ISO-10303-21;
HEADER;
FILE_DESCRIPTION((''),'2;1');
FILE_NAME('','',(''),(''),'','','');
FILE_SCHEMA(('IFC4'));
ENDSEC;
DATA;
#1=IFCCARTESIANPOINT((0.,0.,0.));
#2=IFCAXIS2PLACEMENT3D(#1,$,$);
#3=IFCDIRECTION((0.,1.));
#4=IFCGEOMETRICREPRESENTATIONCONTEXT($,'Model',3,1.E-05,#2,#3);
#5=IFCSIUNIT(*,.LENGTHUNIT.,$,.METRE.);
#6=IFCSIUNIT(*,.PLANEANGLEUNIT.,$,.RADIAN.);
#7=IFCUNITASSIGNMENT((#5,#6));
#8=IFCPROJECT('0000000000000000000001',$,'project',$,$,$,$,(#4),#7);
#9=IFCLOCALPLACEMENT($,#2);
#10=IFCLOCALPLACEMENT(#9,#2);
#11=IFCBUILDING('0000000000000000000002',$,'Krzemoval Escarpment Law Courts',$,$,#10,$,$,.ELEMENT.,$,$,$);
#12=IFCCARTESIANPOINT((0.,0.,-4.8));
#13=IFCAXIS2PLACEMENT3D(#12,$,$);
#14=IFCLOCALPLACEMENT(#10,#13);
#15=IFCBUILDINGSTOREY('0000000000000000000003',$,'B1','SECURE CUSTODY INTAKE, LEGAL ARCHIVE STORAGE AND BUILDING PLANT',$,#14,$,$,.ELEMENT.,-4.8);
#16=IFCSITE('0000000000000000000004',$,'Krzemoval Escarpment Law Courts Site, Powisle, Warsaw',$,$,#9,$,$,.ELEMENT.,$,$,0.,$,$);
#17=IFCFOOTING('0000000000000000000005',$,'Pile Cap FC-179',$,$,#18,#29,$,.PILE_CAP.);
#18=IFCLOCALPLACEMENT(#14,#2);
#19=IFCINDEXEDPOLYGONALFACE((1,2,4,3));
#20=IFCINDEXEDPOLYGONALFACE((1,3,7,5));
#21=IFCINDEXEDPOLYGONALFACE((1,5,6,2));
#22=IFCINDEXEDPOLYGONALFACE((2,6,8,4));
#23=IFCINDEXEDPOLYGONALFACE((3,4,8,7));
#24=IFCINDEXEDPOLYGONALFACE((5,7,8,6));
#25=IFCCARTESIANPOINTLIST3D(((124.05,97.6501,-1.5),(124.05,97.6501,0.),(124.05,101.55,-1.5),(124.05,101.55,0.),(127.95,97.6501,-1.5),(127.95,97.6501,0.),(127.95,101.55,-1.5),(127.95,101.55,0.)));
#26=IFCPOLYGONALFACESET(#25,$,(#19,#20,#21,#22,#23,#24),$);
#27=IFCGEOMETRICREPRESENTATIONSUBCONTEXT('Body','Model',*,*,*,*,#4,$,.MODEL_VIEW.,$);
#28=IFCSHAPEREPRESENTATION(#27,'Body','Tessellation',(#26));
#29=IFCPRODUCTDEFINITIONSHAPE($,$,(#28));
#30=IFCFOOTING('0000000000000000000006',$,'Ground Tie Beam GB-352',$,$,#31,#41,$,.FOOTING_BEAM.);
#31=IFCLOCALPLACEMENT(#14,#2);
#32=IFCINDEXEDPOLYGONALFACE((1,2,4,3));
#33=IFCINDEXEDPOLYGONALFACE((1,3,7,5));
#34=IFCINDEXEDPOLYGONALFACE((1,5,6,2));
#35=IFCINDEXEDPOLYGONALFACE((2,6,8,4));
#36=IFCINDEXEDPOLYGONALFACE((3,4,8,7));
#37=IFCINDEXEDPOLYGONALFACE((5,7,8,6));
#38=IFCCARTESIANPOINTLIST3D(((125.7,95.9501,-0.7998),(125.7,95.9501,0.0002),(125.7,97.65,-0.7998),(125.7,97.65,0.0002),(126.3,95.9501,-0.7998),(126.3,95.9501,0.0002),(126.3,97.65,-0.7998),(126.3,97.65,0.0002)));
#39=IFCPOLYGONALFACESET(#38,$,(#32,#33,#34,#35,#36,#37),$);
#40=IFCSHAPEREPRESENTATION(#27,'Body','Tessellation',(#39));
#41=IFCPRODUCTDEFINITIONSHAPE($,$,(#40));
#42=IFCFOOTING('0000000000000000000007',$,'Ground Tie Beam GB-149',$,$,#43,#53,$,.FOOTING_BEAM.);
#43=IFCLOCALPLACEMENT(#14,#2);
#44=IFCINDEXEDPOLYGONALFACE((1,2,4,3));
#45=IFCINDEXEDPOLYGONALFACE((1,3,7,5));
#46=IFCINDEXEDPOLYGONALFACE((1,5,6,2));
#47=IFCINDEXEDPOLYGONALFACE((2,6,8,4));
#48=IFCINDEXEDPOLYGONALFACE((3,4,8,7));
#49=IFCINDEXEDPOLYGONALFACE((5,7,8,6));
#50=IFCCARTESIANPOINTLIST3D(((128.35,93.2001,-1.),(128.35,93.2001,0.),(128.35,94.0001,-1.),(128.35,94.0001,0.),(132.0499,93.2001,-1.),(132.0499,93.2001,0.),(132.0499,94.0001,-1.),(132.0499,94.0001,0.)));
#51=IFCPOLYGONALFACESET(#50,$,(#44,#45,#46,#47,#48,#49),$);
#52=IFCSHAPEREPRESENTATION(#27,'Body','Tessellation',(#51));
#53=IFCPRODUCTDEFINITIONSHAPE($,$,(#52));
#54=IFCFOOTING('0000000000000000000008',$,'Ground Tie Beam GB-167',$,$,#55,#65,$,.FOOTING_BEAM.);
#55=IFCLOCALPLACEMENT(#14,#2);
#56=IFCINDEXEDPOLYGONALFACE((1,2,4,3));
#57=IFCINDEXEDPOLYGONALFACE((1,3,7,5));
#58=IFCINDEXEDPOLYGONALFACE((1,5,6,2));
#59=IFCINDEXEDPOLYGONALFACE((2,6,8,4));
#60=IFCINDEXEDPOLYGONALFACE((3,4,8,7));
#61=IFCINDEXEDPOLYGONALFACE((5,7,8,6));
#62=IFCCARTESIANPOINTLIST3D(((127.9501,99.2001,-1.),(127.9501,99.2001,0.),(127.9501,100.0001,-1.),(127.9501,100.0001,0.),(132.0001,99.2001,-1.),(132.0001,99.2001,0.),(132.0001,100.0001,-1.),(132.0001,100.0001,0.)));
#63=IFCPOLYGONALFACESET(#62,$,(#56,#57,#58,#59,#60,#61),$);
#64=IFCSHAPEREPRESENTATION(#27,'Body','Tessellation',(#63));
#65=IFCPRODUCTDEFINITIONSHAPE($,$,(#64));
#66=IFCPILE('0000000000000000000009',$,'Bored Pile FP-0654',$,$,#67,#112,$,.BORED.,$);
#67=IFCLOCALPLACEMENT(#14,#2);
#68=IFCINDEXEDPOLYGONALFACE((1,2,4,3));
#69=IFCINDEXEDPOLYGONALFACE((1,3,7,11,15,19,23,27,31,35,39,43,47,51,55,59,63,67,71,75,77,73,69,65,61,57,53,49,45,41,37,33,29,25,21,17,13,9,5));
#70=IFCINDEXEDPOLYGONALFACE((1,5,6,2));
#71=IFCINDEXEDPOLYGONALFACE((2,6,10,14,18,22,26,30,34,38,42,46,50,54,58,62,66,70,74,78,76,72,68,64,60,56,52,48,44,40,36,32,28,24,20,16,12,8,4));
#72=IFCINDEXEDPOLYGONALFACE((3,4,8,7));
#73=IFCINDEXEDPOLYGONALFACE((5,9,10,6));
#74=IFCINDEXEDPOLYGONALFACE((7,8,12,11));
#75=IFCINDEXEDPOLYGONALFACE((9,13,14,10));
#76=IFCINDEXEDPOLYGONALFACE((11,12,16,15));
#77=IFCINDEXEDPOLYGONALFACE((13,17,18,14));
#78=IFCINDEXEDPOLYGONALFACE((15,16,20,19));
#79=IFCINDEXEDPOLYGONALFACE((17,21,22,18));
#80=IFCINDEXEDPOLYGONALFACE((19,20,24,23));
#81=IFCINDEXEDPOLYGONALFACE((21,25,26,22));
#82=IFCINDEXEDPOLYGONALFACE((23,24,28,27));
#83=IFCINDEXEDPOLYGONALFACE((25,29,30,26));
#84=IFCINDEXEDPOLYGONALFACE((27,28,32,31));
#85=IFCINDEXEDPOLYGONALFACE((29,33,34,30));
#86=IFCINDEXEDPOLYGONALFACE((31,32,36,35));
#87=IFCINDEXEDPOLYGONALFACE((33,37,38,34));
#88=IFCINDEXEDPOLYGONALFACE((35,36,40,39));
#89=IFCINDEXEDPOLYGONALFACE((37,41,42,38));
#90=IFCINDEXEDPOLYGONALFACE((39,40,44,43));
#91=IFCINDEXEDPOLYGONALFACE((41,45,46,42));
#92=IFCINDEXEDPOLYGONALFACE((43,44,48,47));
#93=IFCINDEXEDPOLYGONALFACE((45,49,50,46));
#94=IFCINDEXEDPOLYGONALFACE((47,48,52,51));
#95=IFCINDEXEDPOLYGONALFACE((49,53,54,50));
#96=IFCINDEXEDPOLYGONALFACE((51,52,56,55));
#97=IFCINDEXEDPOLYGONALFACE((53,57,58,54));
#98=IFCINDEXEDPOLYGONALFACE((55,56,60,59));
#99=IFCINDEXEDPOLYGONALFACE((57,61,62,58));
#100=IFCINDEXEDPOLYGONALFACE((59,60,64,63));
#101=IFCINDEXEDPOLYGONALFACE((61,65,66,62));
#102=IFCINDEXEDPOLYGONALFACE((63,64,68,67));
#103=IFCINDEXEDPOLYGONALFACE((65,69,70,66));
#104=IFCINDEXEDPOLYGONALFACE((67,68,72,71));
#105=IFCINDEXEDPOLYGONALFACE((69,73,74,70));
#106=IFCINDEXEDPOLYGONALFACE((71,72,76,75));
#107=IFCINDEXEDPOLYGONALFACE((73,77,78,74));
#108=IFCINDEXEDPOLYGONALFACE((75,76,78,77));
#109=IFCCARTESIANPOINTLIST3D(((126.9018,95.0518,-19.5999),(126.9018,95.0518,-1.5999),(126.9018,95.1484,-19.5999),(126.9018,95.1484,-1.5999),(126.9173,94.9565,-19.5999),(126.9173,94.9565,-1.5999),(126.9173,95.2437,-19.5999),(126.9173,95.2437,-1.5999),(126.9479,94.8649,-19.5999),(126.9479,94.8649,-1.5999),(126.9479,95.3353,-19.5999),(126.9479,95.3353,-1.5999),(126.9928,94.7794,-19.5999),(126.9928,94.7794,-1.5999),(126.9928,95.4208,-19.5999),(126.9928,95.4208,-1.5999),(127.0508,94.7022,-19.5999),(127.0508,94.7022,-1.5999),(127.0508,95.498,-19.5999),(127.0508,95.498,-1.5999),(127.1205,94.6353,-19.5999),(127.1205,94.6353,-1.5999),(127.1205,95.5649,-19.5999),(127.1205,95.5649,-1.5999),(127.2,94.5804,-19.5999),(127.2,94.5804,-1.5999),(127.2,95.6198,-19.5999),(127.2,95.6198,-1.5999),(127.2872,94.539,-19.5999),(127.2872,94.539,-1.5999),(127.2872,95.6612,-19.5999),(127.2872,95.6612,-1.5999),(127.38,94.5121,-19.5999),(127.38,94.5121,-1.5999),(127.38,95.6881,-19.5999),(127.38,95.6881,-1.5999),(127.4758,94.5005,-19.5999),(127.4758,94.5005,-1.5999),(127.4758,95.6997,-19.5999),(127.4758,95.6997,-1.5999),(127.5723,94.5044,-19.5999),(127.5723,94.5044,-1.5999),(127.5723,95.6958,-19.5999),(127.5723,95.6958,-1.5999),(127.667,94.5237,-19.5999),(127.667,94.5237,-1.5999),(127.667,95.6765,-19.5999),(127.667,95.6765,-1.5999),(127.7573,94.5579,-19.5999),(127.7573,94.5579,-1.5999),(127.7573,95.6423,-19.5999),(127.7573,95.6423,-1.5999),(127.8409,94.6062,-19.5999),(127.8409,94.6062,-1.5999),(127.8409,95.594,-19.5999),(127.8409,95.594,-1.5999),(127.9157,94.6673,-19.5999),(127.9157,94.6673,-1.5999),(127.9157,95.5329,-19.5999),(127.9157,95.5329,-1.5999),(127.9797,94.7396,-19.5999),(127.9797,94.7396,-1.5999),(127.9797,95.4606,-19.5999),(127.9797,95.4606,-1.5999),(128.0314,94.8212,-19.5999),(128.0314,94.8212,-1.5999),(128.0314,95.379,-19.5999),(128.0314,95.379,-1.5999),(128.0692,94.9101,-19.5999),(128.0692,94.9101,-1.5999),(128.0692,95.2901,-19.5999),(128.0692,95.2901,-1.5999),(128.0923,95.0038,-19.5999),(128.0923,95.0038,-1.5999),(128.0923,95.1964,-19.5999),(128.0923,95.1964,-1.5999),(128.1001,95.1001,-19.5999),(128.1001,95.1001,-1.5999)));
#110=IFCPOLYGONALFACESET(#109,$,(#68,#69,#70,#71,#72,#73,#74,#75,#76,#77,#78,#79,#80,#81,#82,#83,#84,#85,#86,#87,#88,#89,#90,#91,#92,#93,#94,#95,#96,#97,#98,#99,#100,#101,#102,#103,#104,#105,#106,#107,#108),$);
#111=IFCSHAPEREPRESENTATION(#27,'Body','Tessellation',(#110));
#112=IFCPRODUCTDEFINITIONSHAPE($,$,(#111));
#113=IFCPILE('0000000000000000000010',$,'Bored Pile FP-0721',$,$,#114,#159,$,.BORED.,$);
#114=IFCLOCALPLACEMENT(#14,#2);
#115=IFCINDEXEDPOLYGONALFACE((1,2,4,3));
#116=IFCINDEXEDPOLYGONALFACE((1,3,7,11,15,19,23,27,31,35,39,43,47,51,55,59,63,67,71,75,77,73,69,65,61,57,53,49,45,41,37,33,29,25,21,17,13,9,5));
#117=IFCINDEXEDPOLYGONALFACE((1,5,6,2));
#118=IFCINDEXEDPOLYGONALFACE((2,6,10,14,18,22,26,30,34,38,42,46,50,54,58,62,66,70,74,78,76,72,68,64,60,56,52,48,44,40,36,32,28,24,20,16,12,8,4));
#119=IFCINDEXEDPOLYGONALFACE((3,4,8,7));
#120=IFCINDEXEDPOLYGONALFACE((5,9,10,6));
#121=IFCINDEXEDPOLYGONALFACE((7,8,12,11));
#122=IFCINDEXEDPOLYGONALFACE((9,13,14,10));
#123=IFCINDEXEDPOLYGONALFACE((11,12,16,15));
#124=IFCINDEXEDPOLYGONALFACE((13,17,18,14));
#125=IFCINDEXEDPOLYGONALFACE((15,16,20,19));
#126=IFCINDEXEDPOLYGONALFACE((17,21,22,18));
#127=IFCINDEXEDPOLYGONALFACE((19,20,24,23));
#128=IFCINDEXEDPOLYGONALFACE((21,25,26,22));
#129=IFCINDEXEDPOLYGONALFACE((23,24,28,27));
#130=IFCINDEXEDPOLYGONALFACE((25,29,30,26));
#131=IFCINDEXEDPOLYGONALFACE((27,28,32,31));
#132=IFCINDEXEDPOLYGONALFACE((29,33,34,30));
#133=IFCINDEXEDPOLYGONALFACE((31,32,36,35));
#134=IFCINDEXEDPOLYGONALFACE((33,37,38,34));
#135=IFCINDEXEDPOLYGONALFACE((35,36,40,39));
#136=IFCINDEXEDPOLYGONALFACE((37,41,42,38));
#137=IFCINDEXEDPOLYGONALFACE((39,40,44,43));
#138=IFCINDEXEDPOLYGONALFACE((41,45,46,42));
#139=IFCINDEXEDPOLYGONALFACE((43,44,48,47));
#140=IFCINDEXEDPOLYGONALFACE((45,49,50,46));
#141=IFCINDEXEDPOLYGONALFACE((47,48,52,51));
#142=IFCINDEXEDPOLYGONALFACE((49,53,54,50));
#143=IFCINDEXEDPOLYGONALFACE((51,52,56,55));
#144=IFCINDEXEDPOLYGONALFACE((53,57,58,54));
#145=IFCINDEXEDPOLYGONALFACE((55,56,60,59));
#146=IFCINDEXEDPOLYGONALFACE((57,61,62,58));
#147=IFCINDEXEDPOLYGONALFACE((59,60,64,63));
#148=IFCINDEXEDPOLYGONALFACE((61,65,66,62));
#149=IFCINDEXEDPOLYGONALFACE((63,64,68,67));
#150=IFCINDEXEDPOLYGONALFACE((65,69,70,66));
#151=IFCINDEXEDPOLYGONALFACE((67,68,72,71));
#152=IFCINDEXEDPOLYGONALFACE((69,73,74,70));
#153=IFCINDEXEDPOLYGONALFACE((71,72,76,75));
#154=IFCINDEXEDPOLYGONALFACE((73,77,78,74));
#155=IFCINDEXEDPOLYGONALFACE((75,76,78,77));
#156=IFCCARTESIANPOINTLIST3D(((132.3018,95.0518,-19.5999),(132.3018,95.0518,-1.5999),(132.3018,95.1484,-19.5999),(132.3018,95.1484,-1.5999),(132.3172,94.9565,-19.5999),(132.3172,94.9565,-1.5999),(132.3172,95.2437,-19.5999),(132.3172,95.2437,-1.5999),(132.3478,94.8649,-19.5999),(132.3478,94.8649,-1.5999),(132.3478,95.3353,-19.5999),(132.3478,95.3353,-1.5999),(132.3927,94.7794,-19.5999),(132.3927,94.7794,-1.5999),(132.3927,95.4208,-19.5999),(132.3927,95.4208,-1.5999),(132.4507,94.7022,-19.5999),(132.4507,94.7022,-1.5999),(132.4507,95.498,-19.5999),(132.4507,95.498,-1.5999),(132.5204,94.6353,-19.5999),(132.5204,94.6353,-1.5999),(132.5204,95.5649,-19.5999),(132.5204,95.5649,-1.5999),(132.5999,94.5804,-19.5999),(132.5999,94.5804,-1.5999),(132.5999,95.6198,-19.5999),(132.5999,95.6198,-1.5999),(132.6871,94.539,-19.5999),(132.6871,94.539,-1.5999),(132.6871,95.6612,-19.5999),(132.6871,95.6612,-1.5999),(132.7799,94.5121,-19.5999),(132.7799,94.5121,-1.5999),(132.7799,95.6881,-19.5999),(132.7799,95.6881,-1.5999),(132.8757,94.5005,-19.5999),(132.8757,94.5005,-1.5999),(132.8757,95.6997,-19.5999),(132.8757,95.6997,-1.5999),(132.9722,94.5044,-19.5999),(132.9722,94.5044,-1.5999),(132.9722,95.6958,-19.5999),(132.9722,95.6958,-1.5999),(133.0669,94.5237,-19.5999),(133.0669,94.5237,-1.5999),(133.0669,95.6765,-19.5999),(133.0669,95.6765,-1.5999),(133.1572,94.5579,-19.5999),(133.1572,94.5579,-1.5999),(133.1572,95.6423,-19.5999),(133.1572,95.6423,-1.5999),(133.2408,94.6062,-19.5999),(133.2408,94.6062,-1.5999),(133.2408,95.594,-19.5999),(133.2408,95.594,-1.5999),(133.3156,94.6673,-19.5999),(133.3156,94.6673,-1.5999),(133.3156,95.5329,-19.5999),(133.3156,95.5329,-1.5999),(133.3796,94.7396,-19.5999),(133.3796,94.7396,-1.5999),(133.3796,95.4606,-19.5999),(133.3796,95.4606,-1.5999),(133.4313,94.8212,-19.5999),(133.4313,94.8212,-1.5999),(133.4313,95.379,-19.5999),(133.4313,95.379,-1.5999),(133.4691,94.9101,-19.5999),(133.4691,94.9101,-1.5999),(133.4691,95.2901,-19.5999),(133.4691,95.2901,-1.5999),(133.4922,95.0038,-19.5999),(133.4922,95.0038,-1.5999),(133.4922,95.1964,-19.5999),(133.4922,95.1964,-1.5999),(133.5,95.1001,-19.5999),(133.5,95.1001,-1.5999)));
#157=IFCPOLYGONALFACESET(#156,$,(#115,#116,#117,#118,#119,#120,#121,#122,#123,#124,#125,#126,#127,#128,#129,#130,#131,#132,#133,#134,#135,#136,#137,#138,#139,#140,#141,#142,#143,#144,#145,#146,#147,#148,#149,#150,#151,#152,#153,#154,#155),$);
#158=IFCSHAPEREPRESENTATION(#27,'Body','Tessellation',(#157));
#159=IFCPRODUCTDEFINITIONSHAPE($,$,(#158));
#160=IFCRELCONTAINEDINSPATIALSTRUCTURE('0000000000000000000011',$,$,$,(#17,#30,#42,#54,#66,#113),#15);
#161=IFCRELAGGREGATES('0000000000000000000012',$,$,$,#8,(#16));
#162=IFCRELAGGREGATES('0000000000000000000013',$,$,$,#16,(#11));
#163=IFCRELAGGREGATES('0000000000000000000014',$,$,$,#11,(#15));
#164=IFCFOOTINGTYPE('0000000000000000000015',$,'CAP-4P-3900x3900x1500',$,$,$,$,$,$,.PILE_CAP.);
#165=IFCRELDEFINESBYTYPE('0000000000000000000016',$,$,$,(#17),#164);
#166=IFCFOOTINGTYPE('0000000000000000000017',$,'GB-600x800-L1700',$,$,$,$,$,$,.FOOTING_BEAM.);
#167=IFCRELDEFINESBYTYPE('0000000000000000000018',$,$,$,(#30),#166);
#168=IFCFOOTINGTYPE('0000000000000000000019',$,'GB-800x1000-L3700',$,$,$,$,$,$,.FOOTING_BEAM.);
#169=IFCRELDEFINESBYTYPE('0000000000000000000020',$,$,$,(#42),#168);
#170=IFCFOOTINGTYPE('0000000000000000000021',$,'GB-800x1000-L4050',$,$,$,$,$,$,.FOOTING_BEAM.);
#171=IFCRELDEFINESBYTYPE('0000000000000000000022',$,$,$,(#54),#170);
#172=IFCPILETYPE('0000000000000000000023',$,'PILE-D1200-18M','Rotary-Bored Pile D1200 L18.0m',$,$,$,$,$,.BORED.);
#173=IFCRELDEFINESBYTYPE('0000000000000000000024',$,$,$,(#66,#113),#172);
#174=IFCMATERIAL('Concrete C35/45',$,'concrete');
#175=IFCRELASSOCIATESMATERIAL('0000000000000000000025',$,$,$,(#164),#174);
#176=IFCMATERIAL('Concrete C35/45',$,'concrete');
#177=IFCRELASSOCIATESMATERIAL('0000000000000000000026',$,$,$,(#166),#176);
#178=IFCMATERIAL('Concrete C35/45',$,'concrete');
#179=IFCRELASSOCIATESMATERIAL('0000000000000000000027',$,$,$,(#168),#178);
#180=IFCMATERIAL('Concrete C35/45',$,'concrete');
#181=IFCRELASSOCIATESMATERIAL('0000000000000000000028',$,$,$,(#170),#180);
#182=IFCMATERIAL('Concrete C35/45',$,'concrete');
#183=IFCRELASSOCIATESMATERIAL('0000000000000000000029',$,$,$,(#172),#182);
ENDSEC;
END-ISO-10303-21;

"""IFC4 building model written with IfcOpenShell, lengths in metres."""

from ifc_helpers import new_model, si_unit, direction, frame, origin, origin_2d, place, context, subcontext, project, spatial, rectangle, circle, extrude, material, material_profile, profile_set, type_object, element, save


model = new_model("IFC4")

# Units and contexts
model_context = context("Model", 3, precision=1e-05, world=origin(), true_north=direction((0.0, 1.0)))
body_context = subcontext(model_context, "Body", "Model", "MODEL_VIEW")
ifc_project = project(units=[si_unit("LENGTHUNIT", "METRE"), si_unit("PLANEANGLEUNIT", "RADIAN")], contexts=[model_context])

# Site, building, storey
site_placement = place(None, origin())
site = spatial("IfcSite", under=ifc_project, at=site_placement, Name="Krzemoval Escarpment Law Courts Site, Powisle, Warsaw", CompositionType="ELEMENT", RefElevation=0.0)
building_placement = place(site_placement, origin())
building = spatial("IfcBuilding", under=site, at=building_placement, Name="Krzemoval Escarpment Law Courts", CompositionType="ELEMENT")
storey_placement = place(building_placement, frame((0.0, 0.0, -4.8)))
storey = spatial("IfcBuildingStorey", under=building, at=storey_placement, Name="B1", Description="SECURE CUSTODY INTAKE, LEGAL ARCHIVE STORAGE AND BUILDING PLANT", CompositionType="ELEMENT", Elevation=-4.8)

# Footings
ifc_material_1 = material(Name="Concrete C35/45", Category="concrete")
footing_type_1 = type_object("IfcFootingType", Name="CAP-4P-3900x3900x1500", PredefinedType="PILE_CAP", material=ifc_material_1)
footing_1_placement = place(storey_placement, frame((126.0, 99.6001, -1.5), z_axis=(0.0, 0.0, 1.0), x_axis=(1.0, 0.0, 0.0)))
element("IfcFooting", 1, at=footing_1_placement, inside=storey, type_object=footing_type_1, Name="Pile Cap FC-179", PredefinedType="PILE_CAP", context=body_context, shape_type="SweptSolid", body=[
    extrude(rectangle(XDim=3.8999, YDim=3.8999, at=origin_2d()), origin(), (0.0, 0.0, 1.0), 1.5),
])
ifc_material_2 = material(Name="Concrete C35/45", Category="concrete")
footing_type_2 = type_object("IfcFootingType", Name="GB-600x800-L1700", PredefinedType="FOOTING_BEAM", material=ifc_material_2)
footing_2_placement = place(storey_placement, frame((126.0, 96.8, -0.7998), z_axis=(0.0, 0.0, 1.0), x_axis=(0.0, 1.0, 0.0)))
element("IfcFooting", 2, at=footing_2_placement, inside=storey, type_object=footing_type_2, Name="Ground Tie Beam GB-352", PredefinedType="FOOTING_BEAM", context=body_context, shape_type="SweptSolid", body=[
    extrude(rectangle(XDim=1.7, YDim=0.6001, at=origin_2d()), origin(), (0.0, 0.0, 1.0), 0.8),
])
ifc_material_3 = material(Name="Concrete C35/45", Category="concrete")
footing_type_3 = type_object("IfcFootingType", Name="GB-800x1000-L3700", PredefinedType="FOOTING_BEAM", material=ifc_material_3)
footing_3_placement = place(storey_placement, frame((130.2, 93.6001, -1.0), z_axis=(0.0, 0.0, 1.0), x_axis=(1.0, 0.0, 0.0)))
element("IfcFooting", 3, at=footing_3_placement, inside=storey, type_object=footing_type_3, Name="Ground Tie Beam GB-149", PredefinedType="FOOTING_BEAM", context=body_context, shape_type="SweptSolid", body=[
    extrude(rectangle(XDim=3.7, YDim=0.8, at=origin_2d()), origin(), (0.0, 0.0, 1.0), 1.0),
])
ifc_material_4 = material(Name="Concrete C35/45", Category="concrete")
footing_type_4 = type_object("IfcFootingType", Name="GB-800x1000-L4050", PredefinedType="FOOTING_BEAM", material=ifc_material_4)
footing_4_placement = place(storey_placement, frame((129.9751, 99.6001, -1.0), z_axis=(0.0, 0.0, 1.0), x_axis=(1.0, 0.0, 0.0)))
element("IfcFooting", 4, at=footing_4_placement, inside=storey, type_object=footing_type_4, Name="Ground Tie Beam GB-167", PredefinedType="FOOTING_BEAM", context=body_context, shape_type="SweptSolid", body=[
    extrude(rectangle(XDim=4.05, YDim=0.8, at=origin_2d()), origin(), (0.0, 0.0, 1.0), 1.0),
])

# Piles
ifc_material_5 = material(Name="Concrete C35/45", Category="concrete")
ifc_material_profile_1 = material_profile(ifc_material_5, circle(Radius=0.6001, at=origin_2d()), Name="PILE D1200")
ifc_profile_set_1 = profile_set([ifc_material_profile_1], Name="Concrete C35/45")
pile_type_1 = type_object("IfcPileType", Name="PILE-D1200-18M", Description="Rotary-Bored Pile D1200 L18.0m", PredefinedType="BORED", material=ifc_profile_set_1)
for number, where, z_axis, x_axis, name in (
    (5, (127.5, 95.1001, -1.5999), (0.0, 0.0, -1.0), (1.0, 0.0, 0.0), "Bored Pile FP-0654"),
    (6, (132.8999, 95.1001, -1.5999), (0.0, 0.0, -1.0), (1.0, 0.0, 0.0), "Bored Pile FP-0721"),
):
    element("IfcPile", number, at=place(storey_placement, frame(where, z_axis=z_axis, x_axis=x_axis)), inside=storey, type_object=pile_type_1, Name=name, PredefinedType="BORED", context=body_context, shape_type="SweptSolid", body=[
        extrude(circle(Radius=0.6001, at=origin_2d()), origin(), (0.0, 0.0, 1.0), 18.0),
    ])

save(model, "model.ifc")
